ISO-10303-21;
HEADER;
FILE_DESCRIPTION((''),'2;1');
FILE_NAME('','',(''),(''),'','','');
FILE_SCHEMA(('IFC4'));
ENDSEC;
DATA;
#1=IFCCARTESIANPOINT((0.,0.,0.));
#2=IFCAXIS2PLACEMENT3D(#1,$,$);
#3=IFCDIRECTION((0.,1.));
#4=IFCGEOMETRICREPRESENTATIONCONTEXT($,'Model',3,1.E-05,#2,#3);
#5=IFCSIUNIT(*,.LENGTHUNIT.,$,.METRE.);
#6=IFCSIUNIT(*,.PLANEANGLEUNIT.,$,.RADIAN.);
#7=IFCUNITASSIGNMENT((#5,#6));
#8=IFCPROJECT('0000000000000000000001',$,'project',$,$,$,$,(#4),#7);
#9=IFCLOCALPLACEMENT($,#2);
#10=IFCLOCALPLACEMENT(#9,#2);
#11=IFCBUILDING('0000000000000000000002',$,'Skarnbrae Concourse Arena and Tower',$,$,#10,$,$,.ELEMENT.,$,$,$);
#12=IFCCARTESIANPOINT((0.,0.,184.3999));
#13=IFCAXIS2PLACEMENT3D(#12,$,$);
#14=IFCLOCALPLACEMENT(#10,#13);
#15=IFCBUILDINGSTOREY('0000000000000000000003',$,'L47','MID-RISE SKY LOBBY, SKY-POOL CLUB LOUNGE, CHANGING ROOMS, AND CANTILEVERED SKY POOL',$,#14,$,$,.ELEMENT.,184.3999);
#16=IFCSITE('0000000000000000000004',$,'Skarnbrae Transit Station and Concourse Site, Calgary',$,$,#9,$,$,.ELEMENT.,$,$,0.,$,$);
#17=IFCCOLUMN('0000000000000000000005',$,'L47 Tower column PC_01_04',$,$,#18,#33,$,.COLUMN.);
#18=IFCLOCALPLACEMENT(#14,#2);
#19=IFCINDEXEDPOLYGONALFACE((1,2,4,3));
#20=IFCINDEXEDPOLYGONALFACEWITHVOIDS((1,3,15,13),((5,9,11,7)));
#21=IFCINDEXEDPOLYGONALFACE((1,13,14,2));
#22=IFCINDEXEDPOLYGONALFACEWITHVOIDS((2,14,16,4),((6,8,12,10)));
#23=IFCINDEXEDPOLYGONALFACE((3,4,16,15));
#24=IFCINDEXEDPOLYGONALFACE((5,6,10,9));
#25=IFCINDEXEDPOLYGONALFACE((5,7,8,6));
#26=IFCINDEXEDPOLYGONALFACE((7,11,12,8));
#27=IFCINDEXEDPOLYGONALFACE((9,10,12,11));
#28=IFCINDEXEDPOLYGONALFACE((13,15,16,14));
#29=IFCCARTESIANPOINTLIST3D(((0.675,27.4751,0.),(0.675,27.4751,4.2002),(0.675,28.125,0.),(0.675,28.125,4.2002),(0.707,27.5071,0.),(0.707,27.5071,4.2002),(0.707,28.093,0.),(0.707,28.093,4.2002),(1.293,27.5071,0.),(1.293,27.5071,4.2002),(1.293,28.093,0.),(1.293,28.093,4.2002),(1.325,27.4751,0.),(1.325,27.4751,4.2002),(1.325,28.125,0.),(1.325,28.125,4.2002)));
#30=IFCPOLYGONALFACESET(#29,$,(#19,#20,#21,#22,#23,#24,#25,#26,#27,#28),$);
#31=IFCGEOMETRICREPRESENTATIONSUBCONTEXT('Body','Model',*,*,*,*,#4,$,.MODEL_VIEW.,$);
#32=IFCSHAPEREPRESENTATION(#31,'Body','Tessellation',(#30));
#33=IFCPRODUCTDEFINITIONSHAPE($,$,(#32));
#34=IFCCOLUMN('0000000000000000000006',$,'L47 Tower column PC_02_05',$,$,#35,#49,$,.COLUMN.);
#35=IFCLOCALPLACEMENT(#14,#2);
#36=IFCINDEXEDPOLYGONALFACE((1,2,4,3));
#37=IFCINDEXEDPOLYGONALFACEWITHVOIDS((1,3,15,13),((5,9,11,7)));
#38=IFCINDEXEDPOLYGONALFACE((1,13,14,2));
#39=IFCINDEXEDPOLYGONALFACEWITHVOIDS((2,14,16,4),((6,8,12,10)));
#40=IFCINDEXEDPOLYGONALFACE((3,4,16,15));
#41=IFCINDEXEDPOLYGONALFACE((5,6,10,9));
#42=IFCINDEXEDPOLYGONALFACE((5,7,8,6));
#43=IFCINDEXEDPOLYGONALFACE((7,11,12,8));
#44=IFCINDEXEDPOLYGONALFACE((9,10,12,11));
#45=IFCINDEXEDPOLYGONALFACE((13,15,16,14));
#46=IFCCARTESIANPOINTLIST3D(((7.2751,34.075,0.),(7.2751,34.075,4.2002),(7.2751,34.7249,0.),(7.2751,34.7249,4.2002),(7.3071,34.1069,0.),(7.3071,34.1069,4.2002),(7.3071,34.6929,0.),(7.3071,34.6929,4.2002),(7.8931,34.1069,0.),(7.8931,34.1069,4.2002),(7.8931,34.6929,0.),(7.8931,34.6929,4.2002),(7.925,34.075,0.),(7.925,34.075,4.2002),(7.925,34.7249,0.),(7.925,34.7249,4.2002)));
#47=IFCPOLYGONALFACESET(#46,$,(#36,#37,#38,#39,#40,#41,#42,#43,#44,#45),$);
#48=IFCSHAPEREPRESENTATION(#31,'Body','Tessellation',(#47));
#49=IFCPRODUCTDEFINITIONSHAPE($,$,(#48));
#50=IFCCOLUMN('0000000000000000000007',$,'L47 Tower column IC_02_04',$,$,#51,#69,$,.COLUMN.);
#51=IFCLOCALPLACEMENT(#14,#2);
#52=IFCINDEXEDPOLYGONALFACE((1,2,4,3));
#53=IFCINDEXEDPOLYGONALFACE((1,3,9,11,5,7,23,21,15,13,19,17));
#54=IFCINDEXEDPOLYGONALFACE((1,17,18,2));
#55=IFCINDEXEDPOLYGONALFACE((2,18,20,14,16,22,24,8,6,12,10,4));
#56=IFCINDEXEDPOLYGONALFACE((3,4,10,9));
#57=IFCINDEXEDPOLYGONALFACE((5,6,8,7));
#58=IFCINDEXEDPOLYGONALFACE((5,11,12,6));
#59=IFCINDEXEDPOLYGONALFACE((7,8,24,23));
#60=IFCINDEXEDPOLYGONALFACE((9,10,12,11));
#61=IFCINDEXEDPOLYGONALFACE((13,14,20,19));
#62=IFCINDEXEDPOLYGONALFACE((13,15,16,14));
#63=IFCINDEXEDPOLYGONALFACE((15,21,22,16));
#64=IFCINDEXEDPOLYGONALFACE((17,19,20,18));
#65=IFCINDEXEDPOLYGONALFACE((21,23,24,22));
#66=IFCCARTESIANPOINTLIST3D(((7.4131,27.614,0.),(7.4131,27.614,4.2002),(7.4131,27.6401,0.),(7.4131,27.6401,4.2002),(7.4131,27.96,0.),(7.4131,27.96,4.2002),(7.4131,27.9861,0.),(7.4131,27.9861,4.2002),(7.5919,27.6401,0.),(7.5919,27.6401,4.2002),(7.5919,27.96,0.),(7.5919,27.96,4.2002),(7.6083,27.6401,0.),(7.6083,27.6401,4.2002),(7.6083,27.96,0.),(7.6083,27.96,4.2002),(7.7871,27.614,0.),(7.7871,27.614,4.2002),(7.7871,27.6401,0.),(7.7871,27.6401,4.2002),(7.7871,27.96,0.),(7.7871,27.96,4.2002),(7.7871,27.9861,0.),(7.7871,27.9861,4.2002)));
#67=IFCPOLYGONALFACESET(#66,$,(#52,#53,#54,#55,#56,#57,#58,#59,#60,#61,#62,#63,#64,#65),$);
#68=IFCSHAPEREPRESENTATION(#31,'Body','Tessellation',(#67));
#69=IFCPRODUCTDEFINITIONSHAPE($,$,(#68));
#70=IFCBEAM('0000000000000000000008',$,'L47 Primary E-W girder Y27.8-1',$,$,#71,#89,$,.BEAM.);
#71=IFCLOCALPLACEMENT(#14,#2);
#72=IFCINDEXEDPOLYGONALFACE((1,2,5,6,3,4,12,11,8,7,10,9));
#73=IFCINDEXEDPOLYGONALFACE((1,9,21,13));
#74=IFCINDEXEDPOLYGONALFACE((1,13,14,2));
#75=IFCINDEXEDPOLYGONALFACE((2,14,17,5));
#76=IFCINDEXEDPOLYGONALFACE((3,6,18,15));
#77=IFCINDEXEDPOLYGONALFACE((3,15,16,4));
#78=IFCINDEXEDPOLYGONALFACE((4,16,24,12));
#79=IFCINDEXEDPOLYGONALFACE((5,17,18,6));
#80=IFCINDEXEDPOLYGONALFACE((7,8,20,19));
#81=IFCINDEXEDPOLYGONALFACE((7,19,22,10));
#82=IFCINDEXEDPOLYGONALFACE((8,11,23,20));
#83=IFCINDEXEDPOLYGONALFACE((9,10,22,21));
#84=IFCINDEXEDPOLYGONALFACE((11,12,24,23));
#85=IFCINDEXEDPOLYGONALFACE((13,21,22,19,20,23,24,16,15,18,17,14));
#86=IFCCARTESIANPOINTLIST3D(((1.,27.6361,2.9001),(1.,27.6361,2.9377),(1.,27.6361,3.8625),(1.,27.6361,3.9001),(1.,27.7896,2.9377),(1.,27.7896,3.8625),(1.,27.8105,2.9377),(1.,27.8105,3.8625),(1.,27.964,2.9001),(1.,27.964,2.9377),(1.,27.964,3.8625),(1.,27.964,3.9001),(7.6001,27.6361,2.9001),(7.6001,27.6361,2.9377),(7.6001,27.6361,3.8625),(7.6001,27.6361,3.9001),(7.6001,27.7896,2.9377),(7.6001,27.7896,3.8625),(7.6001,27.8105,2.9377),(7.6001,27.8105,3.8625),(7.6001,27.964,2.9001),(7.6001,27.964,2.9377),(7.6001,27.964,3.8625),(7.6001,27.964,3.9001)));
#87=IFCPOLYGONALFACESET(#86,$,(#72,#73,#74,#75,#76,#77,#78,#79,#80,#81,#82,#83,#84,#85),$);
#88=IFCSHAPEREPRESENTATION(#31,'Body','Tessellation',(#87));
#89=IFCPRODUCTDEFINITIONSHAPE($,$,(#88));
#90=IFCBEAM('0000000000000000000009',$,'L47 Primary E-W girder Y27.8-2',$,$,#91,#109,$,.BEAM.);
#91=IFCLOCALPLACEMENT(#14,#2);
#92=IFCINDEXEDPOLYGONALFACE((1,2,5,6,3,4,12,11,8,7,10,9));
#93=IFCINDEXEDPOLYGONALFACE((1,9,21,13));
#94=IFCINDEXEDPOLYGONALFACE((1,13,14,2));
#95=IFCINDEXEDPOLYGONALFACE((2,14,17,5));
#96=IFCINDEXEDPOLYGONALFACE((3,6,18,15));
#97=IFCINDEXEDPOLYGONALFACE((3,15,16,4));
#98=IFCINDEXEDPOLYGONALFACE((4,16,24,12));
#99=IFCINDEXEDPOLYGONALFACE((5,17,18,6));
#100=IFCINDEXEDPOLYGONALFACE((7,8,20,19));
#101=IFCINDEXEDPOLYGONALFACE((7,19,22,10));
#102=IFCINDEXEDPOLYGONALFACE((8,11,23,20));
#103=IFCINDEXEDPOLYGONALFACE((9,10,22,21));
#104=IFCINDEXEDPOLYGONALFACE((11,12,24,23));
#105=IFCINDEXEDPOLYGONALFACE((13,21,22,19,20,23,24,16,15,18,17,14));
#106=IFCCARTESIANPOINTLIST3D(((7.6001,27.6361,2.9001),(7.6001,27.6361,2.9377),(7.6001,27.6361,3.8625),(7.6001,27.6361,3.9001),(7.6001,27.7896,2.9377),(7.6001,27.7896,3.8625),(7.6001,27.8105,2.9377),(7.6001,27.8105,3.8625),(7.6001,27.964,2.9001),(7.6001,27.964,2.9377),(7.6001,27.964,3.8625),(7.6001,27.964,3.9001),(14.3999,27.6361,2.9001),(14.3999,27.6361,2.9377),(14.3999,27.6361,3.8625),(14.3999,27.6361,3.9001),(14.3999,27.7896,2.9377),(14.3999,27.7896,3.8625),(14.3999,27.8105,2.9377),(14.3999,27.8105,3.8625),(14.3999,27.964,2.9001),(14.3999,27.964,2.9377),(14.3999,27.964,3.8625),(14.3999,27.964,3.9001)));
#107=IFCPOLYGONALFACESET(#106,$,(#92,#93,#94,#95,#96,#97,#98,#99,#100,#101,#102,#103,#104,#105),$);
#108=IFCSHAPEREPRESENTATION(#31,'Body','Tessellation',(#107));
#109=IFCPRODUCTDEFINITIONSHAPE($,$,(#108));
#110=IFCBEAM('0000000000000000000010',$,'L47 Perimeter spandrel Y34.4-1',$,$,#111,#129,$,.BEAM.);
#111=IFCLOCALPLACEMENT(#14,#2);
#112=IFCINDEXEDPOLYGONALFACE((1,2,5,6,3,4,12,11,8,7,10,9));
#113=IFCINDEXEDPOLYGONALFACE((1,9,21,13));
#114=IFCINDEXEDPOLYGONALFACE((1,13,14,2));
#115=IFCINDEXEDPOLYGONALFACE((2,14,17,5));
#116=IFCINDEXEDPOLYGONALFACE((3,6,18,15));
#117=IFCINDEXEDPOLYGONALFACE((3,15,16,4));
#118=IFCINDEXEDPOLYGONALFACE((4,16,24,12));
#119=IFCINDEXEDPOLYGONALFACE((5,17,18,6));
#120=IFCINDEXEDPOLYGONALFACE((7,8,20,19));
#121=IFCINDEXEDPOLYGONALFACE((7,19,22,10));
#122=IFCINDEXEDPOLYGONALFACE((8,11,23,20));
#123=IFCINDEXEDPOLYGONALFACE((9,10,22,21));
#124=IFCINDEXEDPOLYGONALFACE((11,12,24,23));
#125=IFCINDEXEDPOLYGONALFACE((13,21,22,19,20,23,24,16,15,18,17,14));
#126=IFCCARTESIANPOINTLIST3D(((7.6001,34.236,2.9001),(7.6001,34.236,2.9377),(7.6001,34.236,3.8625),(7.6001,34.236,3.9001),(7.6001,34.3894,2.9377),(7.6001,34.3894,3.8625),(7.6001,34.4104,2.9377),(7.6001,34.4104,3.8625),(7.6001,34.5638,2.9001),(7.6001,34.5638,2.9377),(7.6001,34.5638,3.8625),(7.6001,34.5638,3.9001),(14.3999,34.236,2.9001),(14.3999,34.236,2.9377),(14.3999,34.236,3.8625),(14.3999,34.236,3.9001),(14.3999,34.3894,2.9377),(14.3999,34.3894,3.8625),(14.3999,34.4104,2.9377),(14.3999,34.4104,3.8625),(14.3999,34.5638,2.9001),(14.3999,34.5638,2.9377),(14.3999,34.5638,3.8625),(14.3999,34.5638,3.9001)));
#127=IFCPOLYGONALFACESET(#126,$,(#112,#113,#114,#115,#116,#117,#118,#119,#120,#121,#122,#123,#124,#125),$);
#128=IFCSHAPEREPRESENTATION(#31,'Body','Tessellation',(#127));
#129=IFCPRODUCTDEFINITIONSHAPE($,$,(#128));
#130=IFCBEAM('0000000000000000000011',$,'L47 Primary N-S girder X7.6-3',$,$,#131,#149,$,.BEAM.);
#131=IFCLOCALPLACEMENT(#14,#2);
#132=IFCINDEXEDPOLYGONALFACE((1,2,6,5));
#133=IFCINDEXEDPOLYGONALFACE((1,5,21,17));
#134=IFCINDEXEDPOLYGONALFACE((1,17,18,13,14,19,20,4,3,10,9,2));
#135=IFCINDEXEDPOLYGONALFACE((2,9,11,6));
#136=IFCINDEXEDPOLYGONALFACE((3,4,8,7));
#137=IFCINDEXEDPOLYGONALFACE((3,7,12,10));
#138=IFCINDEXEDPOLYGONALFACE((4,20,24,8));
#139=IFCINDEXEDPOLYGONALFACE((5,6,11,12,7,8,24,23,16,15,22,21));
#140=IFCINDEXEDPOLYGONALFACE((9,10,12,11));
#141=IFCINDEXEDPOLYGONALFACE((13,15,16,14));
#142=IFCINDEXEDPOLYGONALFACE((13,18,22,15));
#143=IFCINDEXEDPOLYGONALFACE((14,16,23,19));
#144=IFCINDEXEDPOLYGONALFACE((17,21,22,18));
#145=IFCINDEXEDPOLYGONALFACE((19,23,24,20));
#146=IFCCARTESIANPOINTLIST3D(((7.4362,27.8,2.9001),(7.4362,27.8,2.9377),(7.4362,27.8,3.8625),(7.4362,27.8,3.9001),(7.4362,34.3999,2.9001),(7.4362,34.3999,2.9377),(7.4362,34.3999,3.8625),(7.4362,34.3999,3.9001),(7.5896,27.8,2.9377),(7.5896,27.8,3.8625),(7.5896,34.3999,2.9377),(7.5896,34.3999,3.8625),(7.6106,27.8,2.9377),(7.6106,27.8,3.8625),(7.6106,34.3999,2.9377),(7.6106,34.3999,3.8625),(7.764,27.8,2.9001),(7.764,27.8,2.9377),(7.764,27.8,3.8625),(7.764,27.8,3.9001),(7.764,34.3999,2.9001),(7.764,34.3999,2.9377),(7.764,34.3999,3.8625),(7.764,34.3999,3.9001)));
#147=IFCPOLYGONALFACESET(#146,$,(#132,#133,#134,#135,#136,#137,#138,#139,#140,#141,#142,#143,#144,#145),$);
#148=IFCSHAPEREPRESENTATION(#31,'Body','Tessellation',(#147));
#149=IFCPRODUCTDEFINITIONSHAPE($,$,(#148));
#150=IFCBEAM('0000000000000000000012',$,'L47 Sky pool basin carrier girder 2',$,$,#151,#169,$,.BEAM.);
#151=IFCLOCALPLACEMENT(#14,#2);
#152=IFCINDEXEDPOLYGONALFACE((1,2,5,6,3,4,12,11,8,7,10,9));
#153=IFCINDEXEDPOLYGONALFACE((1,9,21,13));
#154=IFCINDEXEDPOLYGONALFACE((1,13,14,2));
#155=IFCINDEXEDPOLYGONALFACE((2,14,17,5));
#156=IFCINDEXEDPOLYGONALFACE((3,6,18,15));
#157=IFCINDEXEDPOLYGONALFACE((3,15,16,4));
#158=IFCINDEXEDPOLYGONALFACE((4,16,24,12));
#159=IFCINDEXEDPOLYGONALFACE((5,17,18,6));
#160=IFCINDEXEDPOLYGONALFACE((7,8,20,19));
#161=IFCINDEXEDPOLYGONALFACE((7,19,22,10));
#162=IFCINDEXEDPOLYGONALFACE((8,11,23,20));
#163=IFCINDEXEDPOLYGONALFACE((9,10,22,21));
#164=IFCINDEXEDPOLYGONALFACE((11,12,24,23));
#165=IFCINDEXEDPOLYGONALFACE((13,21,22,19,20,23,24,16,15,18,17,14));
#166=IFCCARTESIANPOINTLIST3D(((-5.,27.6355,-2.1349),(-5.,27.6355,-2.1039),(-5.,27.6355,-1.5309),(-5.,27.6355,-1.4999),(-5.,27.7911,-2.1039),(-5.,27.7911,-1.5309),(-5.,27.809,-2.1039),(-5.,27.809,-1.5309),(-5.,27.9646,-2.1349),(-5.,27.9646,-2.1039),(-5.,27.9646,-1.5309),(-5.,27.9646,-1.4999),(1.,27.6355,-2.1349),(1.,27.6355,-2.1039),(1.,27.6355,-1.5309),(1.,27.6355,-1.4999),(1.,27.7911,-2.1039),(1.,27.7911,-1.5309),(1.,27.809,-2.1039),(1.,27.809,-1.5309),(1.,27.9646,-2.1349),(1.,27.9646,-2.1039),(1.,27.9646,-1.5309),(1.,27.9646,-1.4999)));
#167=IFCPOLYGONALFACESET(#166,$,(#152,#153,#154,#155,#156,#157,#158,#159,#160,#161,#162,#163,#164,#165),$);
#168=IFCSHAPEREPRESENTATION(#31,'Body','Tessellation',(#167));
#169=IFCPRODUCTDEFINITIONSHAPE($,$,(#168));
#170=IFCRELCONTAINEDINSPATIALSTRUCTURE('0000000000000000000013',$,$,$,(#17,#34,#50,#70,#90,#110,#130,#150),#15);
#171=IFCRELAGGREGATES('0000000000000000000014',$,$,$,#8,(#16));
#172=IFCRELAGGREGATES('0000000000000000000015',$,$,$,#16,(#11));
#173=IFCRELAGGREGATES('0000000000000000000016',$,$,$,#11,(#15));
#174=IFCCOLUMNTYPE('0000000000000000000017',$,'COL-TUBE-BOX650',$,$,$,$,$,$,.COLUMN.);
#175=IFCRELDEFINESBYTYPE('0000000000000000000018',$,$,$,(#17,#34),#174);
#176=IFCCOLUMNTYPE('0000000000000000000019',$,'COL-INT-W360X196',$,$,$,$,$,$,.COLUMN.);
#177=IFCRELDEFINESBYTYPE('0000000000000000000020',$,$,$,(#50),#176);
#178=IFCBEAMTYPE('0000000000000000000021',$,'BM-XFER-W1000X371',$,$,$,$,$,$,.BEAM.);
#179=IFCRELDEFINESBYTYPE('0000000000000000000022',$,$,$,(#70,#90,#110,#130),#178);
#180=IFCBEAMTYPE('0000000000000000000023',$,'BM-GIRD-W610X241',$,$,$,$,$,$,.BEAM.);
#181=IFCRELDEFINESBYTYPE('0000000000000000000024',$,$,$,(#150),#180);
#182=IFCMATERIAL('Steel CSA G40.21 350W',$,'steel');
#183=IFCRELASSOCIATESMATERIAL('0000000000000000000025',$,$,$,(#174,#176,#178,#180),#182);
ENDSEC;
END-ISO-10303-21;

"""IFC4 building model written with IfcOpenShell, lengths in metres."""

from ifc_helpers import new_model, si_unit, direction, frame, origin, origin_2d, place, context, subcontext, project, spatial, hollow_rectangle, i_section, extrude, source, transform, mapped, material, material_profile, profile_set, type_object, element, save


model = new_model("IFC4")

# Units and contexts
model_context = context("Model", 3, precision=1e-05, world=origin(), true_north=direction((0.0, 1.0)))
body_context = subcontext(model_context, "Body", "Model", "MODEL_VIEW")
ifc_project = project(units=[si_unit("LENGTHUNIT", "METRE"), si_unit("PLANEANGLEUNIT", "RADIAN")], contexts=[model_context])

# Site, building, storey
site_placement = place(None, origin())
site = spatial("IfcSite", under=ifc_project, at=site_placement, Name="Skarnbrae Transit Station and Concourse Site, Calgary", CompositionType="ELEMENT", RefElevation=0.0)
building_placement = place(site_placement, origin())
building = spatial("IfcBuilding", under=site, at=building_placement, Name="Skarnbrae Concourse Arena and Tower", CompositionType="ELEMENT")
storey_placement = place(building_placement, frame((0.0, 0.0, 184.3999)))
storey = spatial("IfcBuildingStorey", under=building, at=storey_placement, Name="L47", Description="MID-RISE SKY LOBBY, SKY-POOL CLUB LOUNGE, CHANGING ROOMS, AND CANTILEVERED SKY POOL", CompositionType="ELEMENT", Elevation=184.3999)

# Columns
ifc_material_1 = material(Name="Steel CSA G40.21 350W", Category="steel")
ifc_material_profile_1 = material_profile(ifc_material_1, hollow_rectangle(XDim=0.6499, YDim=0.6499, WallThickness=0.032, at=origin_2d()), Name="BOX650X650X32")
ifc_profile_set_1 = profile_set([ifc_material_profile_1], Name="Steel CSA G40.21 350W")
column_type_1 = type_object("IfcColumnType", Name="COL-TUBE-BOX650", PredefinedType="COLUMN", material=ifc_profile_set_1)
shared_shape_1 = source(origin(), body_context, "Body", "SweptSolid", [
    extrude(hollow_rectangle(XDim=0.6499, YDim=0.6499, WallThickness=0.032, at=origin_2d()), origin(), (0.0, 0.0, 1.0), 4.2002),
])
for number, where, z_axis, x_axis, name in (
    (1, (1.0, 27.8, 0.0), (0.0, 0.0, 1.0), (1.0, 0.0, 0.0), "L47 Tower column PC_01_04"),
    (2, (7.6001, 34.3999, 0.0), (0.0, 0.0, 1.0), (1.0, 0.0, 0.0), "L47 Tower column PC_02_05"),
):
    element("IfcColumn", number, at=place(storey_placement, frame(where, z_axis=z_axis, x_axis=x_axis)), inside=storey, type_object=column_type_1, Name=name, PredefinedType="COLUMN", context=body_context, shape_type="MappedRepresentation", body=[
        mapped(shared_shape_1, transform((0.0, 0.0, 0.0))),
    ])
ifc_material_profile_2 = material_profile(ifc_material_1, i_section(OverallWidth=0.374, OverallDepth=0.3721, WebThickness=0.0164, FlangeThickness=0.0261, at=origin_2d()), Name="W360X196")
ifc_profile_set_2 = profile_set([ifc_material_profile_2], Name="Steel CSA G40.21 350W")
column_type_2 = type_object("IfcColumnType", Name="COL-INT-W360X196", PredefinedType="COLUMN", material=ifc_profile_set_2)
shared_shape_2 = source(origin(), body_context, "Body", "SweptSolid", [
    extrude(i_section(OverallWidth=0.374, OverallDepth=0.3721, WebThickness=0.0164, FlangeThickness=0.0261, at=origin_2d()), origin(), (0.0, 0.0, 1.0), 4.2002),
])
column_placement = place(storey_placement, frame((7.6001, 27.8, 0.0), z_axis=(0.0, 0.0, 1.0), x_axis=(1.0, 0.0, 0.0)))
element("IfcColumn", 3, at=column_placement, inside=storey, type_object=column_type_2, Name="L47 Tower column IC_02_04", PredefinedType="COLUMN", context=body_context, shape_type="MappedRepresentation", body=[
    mapped(shared_shape_2, transform((0.0, 0.0, 0.0))),
])

# Beams
ifc_material_profile_3 = material_profile(ifc_material_1, i_section(OverallWidth=0.3279, OverallDepth=1.0, WebThickness=0.021, FlangeThickness=0.0376, at=origin_2d()), Name="W1000X371")
ifc_profile_set_3 = profile_set([ifc_material_profile_3], Name="Steel CSA G40.21 350W")
beam_type_1 = type_object("IfcBeamType", Name="BM-XFER-W1000X371", PredefinedType="BEAM", material=ifc_profile_set_3)
shared_shape_3 = source(origin(), body_context, "Body", "SweptSolid", [
    extrude(i_section(OverallWidth=0.3279, OverallDepth=1.0, WebThickness=0.021, FlangeThickness=0.0376, at=origin_2d()), origin(), (0.0, 0.0, 1.0), 6.6001),
])
beam_1_placement = place(storey_placement, frame((1.0, 27.8, 3.4001), z_axis=(1.0, 0.0, 0.0), x_axis=(0.0, 1.0, 0.0)))
element("IfcBeam", 4, at=beam_1_placement, inside=storey, type_object=beam_type_1, Name="L47 Primary E-W girder Y27.8-1", PredefinedType="BEAM", context=body_context, shape_type="MappedRepresentation", body=[
    mapped(shared_shape_3, transform((0.0, 0.0, 0.0))),
])
shared_shape_4 = source(origin(), body_context, "Body", "SweptSolid", [
    extrude(i_section(OverallWidth=0.3279, OverallDepth=1.0, WebThickness=0.021, FlangeThickness=0.0376, at=origin_2d()), origin(), (0.0, 0.0, 1.0), 6.7998),
])
for number, where, z_axis, x_axis, name in (
    (5, (7.6001, 27.8, 3.4001), (1.0, 0.0, 0.0), (0.0, 1.0, 0.0), "L47 Primary E-W girder Y27.8-2"),
    (6, (7.6001, 34.3999, 3.4001), (1.0, 0.0, 0.0), (0.0, 1.0, 0.0), "L47 Perimeter spandrel Y34.4-1"),
):
    element("IfcBeam", number, at=place(storey_placement, frame(where, z_axis=z_axis, x_axis=x_axis)), inside=storey, type_object=beam_type_1, Name=name, PredefinedType="BEAM", context=body_context, shape_type="MappedRepresentation", body=[
        mapped(shared_shape_4, transform((0.0, 0.0, 0.0))),
    ])
shared_shape_5 = source(origin(), body_context, "Body", "SweptSolid", [
    extrude(i_section(OverallWidth=0.3279, OverallDepth=1.0, WebThickness=0.021, FlangeThickness=0.0376, at=origin_2d()), origin(), (0.0, 0.0, 1.0), 6.5999),
])
beam_2_placement = place(storey_placement, frame((7.6001, 27.8, 3.4001), z_axis=(0.0, 1.0, 0.0), x_axis=(-1.0, 0.0, 0.0)))
element("IfcBeam", 7, at=beam_2_placement, inside=storey, type_object=beam_type_1, Name="L47 Primary N-S girder X7.6-3", PredefinedType="BEAM", context=body_context, shape_type="MappedRepresentation", body=[
    mapped(shared_shape_5, transform((0.0, 0.0, 0.0))),
])
ifc_material_profile_4 = material_profile(ifc_material_1, i_section(OverallWidth=0.3291, OverallDepth=0.635, WebThickness=0.0178, FlangeThickness=0.031, at=origin_2d()), Name="W610X241")
ifc_profile_set_4 = profile_set([ifc_material_profile_4], Name="Steel CSA G40.21 350W")
beam_type_2 = type_object("IfcBeamType", Name="BM-GIRD-W610X241", PredefinedType="BEAM", material=ifc_profile_set_4)
shared_shape_6 = source(origin(), body_context, "Body", "SweptSolid", [
    extrude(i_section(OverallWidth=0.3291, OverallDepth=0.635, WebThickness=0.0178, FlangeThickness=0.031, at=origin_2d()), origin(), (0.0, 0.0, 1.0), 6.0),
])
beam_3_placement = place(storey_placement, frame((1.0, 27.8, -1.8174), z_axis=(-1.0, 0.0, 0.0), x_axis=(0.0, -1.0, 0.0)))
element("IfcBeam", 8, at=beam_3_placement, inside=storey, type_object=beam_type_2, Name="L47 Sky pool basin carrier girder 2", PredefinedType="BEAM", context=body_context, shape_type="MappedRepresentation", body=[
    mapped(shared_shape_6, transform((0.0, 0.0, 0.0))),
])

save(model, "model.ifc")
